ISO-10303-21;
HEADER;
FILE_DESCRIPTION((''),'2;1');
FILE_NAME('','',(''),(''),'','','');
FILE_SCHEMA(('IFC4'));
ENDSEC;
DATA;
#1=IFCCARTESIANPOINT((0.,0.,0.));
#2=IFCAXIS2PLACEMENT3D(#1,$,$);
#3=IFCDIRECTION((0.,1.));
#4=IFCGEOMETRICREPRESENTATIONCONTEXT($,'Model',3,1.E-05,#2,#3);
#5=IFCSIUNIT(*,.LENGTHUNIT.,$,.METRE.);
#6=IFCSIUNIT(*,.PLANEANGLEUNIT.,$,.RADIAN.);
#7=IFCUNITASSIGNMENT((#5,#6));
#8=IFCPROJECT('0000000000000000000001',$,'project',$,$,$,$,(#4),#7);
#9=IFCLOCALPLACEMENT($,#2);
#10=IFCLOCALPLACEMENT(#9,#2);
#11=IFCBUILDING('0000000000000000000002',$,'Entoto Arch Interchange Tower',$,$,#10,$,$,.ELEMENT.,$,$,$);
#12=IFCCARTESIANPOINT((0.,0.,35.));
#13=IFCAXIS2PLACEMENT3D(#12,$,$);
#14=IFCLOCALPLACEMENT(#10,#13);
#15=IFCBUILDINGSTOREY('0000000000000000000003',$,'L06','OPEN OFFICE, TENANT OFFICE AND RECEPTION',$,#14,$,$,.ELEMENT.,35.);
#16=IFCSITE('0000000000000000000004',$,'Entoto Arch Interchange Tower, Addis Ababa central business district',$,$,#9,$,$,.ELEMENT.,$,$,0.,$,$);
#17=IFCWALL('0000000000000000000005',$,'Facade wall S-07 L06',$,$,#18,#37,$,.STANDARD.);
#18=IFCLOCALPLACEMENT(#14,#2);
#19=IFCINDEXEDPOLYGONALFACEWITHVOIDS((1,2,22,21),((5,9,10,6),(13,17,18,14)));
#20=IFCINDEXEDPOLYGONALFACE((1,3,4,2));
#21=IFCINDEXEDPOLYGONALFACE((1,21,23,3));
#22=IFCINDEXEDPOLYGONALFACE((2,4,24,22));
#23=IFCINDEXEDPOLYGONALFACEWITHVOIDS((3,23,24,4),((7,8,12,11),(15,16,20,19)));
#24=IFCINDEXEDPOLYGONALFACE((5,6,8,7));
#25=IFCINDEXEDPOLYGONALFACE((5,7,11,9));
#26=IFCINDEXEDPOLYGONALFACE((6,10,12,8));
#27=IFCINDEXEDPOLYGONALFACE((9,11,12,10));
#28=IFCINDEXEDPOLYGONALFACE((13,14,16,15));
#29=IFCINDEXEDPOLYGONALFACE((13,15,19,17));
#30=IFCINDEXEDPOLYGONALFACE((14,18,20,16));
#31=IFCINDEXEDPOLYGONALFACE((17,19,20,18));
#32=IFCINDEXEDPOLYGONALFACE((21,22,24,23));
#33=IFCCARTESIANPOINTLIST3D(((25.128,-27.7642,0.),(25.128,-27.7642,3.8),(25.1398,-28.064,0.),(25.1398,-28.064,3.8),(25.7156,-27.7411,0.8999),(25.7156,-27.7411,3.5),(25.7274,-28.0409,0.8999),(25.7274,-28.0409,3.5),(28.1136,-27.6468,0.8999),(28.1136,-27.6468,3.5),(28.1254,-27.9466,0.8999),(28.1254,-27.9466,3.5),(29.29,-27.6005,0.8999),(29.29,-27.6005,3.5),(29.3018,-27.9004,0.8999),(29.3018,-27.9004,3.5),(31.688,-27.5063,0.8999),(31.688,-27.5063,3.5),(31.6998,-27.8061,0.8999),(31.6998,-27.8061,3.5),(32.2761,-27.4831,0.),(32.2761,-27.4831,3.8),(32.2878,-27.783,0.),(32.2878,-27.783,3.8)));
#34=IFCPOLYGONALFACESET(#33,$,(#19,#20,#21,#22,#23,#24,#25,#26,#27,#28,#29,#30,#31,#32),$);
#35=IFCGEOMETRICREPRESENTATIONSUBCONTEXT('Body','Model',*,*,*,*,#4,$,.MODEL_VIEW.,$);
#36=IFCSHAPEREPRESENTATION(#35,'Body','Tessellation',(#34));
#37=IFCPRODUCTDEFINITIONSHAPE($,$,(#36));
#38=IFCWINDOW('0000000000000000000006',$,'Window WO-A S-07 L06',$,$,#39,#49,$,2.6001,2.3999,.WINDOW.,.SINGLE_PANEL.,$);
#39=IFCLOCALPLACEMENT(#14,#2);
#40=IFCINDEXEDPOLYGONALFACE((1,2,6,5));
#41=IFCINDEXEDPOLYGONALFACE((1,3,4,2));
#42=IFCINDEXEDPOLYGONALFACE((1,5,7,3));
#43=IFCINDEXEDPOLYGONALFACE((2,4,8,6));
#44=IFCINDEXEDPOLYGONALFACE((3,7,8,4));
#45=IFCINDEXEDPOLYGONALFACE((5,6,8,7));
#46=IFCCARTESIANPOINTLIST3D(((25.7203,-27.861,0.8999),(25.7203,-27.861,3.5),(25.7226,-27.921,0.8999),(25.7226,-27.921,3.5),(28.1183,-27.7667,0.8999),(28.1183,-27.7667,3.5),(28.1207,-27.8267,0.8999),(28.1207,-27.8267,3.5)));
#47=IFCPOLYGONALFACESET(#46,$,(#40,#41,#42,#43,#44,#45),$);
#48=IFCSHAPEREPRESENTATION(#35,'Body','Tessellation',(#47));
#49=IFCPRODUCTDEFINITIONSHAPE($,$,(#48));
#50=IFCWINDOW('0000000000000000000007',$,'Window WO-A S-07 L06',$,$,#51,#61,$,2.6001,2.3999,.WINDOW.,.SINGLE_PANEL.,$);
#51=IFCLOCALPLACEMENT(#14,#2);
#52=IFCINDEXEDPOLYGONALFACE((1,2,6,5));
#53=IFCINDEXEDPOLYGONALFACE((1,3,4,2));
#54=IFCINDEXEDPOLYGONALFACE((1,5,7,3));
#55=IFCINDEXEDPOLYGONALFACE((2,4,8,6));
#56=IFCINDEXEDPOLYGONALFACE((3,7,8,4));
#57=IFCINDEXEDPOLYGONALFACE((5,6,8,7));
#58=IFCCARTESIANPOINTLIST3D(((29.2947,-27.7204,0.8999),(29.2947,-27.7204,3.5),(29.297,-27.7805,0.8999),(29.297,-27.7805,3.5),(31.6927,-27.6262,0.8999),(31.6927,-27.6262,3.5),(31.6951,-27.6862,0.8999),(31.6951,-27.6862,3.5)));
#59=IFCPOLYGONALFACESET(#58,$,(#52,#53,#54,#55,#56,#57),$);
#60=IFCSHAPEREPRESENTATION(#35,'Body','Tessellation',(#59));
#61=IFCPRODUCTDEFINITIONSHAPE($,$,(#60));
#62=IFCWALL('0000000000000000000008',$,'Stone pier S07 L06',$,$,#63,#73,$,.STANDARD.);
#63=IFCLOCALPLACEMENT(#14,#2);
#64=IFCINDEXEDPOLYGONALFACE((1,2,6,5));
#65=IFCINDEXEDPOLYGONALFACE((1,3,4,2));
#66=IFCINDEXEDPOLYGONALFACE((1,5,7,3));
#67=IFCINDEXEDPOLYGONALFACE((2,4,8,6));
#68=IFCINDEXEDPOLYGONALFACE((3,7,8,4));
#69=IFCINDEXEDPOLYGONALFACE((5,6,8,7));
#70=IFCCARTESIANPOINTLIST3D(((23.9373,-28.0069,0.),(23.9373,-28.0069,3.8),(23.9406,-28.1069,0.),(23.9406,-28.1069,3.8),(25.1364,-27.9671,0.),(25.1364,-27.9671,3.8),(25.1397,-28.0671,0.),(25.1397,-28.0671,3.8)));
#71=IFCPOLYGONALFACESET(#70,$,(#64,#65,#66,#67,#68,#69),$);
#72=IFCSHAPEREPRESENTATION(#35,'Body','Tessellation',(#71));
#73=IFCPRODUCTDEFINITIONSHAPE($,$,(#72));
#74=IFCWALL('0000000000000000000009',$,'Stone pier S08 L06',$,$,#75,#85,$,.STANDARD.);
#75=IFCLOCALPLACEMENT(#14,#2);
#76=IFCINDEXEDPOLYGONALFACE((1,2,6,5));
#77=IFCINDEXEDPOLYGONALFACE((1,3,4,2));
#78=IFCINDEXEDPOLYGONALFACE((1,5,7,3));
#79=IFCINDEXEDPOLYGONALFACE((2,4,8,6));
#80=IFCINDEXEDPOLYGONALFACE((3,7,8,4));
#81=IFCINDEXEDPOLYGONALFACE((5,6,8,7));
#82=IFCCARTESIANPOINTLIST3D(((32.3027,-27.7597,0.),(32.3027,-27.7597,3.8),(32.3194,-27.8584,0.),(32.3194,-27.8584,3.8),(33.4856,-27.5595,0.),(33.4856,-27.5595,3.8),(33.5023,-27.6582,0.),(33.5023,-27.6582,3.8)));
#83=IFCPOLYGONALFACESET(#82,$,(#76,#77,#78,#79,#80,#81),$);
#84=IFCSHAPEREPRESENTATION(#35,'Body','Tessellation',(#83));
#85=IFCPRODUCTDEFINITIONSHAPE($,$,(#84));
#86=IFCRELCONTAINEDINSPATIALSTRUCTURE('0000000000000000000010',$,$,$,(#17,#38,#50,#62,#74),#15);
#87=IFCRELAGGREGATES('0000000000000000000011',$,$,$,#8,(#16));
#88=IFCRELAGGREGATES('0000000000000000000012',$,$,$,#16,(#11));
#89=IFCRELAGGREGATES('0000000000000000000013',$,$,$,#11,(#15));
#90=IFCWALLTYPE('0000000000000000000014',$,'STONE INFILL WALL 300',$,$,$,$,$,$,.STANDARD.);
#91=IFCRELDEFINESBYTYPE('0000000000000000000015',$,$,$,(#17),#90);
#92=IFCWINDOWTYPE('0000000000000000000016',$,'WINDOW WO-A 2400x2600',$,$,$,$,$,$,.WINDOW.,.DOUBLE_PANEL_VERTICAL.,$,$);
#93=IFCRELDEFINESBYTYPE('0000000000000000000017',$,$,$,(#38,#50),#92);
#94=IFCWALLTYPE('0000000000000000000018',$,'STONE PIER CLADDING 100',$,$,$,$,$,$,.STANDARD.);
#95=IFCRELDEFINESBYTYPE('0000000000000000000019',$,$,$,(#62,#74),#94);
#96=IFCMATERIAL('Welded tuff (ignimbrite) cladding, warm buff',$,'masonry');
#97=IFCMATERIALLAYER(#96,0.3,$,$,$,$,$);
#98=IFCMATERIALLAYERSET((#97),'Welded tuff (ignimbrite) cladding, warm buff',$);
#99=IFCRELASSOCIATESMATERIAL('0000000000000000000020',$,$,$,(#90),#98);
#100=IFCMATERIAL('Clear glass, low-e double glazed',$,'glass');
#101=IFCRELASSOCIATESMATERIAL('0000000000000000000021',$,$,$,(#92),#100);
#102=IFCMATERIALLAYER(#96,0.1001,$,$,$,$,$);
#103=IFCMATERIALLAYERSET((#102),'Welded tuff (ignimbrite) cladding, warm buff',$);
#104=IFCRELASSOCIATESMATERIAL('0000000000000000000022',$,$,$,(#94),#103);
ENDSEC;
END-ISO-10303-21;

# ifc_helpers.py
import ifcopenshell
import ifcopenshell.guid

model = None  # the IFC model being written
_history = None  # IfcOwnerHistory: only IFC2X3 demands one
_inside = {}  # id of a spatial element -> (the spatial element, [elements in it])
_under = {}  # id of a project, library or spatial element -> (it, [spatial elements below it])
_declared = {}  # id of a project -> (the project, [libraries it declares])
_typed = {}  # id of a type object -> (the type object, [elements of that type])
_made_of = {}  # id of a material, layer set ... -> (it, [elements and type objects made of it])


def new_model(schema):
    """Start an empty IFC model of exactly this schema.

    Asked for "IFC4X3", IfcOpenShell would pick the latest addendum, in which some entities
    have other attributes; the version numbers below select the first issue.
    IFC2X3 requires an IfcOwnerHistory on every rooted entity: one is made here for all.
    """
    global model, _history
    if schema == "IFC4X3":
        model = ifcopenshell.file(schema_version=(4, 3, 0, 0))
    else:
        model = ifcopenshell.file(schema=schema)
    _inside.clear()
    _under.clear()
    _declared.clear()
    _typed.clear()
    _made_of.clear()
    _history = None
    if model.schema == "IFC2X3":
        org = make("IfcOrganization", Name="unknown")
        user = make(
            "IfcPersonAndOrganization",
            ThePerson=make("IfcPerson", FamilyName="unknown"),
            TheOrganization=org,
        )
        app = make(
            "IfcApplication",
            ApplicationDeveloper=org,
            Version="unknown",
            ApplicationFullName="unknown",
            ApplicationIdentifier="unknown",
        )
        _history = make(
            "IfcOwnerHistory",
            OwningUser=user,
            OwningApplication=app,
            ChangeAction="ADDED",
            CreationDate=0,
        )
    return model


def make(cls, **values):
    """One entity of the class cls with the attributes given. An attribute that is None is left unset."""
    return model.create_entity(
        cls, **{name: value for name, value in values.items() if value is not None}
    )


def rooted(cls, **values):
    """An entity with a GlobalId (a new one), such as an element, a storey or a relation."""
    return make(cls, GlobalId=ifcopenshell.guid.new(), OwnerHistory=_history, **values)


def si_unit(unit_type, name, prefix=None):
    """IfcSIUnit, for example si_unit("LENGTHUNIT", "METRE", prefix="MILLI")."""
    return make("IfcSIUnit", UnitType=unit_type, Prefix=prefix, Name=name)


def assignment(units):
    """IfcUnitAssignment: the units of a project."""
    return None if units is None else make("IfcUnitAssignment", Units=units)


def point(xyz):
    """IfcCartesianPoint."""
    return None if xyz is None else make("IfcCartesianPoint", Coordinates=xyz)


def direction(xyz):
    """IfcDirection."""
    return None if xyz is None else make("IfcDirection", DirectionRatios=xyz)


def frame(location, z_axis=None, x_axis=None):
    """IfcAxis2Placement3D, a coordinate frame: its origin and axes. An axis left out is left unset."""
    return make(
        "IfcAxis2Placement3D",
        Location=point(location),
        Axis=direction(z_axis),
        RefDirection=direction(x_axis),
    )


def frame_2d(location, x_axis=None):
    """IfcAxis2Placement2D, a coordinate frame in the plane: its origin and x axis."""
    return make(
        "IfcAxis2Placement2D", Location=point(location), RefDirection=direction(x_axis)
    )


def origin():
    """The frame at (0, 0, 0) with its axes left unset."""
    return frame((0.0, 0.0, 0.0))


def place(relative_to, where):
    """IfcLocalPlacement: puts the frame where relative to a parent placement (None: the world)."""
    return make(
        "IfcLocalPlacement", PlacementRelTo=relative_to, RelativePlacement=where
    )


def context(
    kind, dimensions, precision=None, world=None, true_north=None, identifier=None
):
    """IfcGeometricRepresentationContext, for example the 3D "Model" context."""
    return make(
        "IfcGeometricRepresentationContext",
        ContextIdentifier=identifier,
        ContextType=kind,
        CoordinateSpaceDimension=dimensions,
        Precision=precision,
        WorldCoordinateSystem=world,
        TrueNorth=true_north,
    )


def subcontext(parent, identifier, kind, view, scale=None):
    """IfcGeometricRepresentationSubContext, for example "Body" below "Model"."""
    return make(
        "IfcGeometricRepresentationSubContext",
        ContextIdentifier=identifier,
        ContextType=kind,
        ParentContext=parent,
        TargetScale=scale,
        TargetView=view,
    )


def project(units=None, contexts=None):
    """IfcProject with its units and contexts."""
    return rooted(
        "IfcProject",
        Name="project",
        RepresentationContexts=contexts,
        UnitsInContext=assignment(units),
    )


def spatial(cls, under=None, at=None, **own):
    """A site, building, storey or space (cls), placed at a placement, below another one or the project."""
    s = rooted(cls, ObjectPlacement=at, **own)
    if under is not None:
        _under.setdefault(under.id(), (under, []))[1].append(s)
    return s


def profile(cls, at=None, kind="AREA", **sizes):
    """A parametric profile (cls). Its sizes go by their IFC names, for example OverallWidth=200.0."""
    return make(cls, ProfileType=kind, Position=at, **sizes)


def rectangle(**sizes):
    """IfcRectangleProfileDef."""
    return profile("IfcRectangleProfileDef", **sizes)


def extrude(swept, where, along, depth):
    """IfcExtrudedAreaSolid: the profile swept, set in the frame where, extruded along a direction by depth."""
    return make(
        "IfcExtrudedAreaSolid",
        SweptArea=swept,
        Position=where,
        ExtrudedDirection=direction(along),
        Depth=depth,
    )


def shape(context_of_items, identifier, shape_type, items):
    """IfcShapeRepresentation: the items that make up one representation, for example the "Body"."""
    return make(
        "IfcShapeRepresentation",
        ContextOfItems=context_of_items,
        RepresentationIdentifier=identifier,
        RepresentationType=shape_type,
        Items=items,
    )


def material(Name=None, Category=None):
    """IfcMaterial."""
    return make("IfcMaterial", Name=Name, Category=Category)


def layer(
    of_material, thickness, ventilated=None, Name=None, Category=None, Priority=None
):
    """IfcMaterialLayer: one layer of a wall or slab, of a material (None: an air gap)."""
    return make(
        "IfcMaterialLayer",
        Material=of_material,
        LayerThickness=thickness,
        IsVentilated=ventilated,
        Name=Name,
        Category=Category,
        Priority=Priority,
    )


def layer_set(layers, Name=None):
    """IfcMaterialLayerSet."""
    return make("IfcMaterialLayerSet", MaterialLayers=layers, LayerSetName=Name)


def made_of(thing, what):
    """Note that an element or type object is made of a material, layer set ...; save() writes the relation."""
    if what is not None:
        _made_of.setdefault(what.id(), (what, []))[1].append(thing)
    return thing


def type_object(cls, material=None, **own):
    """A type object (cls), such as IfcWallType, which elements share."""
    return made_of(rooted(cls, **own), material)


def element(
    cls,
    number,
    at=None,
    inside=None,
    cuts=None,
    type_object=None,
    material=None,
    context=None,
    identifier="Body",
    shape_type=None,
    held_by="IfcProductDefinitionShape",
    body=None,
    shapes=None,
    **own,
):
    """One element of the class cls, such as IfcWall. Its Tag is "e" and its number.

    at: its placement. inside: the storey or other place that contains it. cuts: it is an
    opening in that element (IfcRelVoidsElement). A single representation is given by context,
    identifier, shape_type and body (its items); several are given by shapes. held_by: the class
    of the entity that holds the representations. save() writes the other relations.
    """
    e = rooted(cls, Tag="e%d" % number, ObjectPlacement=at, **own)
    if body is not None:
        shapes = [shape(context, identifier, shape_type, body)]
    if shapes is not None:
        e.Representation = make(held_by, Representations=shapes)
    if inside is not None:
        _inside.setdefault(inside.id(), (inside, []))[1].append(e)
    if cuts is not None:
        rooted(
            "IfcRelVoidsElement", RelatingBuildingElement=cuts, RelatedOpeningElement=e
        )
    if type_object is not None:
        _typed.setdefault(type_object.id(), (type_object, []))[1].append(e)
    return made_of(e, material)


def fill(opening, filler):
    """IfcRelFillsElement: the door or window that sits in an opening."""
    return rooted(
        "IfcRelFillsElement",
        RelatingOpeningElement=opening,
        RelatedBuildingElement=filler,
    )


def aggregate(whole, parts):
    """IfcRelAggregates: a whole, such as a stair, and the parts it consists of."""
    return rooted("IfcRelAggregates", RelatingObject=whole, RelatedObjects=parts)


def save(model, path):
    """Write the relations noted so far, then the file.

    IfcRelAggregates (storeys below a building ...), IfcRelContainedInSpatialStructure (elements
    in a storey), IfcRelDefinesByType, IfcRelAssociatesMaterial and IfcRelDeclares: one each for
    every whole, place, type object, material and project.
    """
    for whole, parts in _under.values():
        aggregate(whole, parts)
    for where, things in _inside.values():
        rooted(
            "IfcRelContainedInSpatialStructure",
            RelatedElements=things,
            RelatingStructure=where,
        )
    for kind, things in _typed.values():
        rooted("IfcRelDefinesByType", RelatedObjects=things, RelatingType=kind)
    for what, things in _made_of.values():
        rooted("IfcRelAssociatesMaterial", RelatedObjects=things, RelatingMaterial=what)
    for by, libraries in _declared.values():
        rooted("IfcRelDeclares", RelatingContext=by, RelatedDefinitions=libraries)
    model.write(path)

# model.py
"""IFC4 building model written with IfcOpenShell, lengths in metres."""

from ifc_helpers import new_model, si_unit, direction, frame, frame_2d, origin, place, context, subcontext, project, spatial, rectangle, extrude, material, layer, layer_set, type_object, element, fill, save


model = new_model("IFC4")

# Units and contexts
model_context = context("Model", 3, precision=1e-05, world=origin(), true_north=direction((0.0, 1.0)))
body_context = subcontext(model_context, "Body", "Model", "MODEL_VIEW")
ifc_project = project(units=[si_unit("LENGTHUNIT", "METRE"), si_unit("PLANEANGLEUNIT", "RADIAN")], contexts=[model_context])

# Site, building, storey
site_placement = place(None, origin())
site = spatial("IfcSite", under=ifc_project, at=site_placement, Name="Entoto Arch Interchange Tower, Addis Ababa central business district", CompositionType="ELEMENT", RefElevation=0.0)
building_placement = place(site_placement, origin())
building = spatial("IfcBuilding", under=site, at=building_placement, Name="Entoto Arch Interchange Tower", CompositionType="ELEMENT")
storey_placement = place(building_placement, frame((0.0, 0.0, 35.0)))
storey = spatial("IfcBuildingStorey", under=building, at=storey_placement, Name="L06", Description="OPEN OFFICE, TENANT OFFICE AND RECEPTION", CompositionType="ELEMENT", Elevation=35.0)

# Wall, openings, windows
ifc_material_1 = material(Name="Welded tuff (ignimbrite) cladding, warm buff", Category="masonry")
ifc_layer_1 = layer(ifc_material_1, 0.3)
ifc_layer_set_1 = layer_set([ifc_layer_1], Name="Welded tuff (ignimbrite) cladding, warm buff")
wall_type_1 = type_object("IfcWallType", Name="STONE INFILL WALL 300", PredefinedType="STANDARD", material=ifc_layer_set_1)
wall_1_placement = place(storey_placement, frame((25.134, -27.9141, 0.0), z_axis=(0.0, 0.0, 1.0), x_axis=(0.999228, 0.039282, 0.0)))
wall_1 = element("IfcWall", 1, at=wall_1_placement, inside=storey, type_object=wall_type_1, Name="Facade wall S-07 L06", PredefinedType="STANDARD", context=body_context, shape_type="SweptSolid", body=[
    extrude(rectangle(XDim=7.1536, YDim=0.3, at=frame_2d((3.5767, 0.0))), origin(), (0.0, 0.0, 1.0), 3.8),
])
opening_1_placement = place(wall_1_placement, frame((0.5879, 0.0, 0.8999)))
opening_1 = element("IfcOpeningElement", 2, at=opening_1_placement, cuts=wall_1, PredefinedType="OPENING", context=body_context, shape_type="SweptSolid", body=[
    extrude(rectangle(XDim=2.3999, YDim=2.6001, at=frame_2d((1.2, 1.3))), frame((0.0, 0.1602, 0.0), z_axis=(0.0, -1.0, 0.0), x_axis=(1.0, 0.0, 0.0)), (0.0, 0.0, 1.0), 0.3201),
])
opening_2_placement = place(wall_1_placement, frame((4.165, 0.0, 0.8999)))
opening_2 = element("IfcOpeningElement", 3, at=opening_2_placement, cuts=wall_1, PredefinedType="OPENING", context=body_context, shape_type="SweptSolid", body=[
    extrude(rectangle(XDim=2.3999, YDim=2.6001, at=frame_2d((1.2, 1.3))), frame((0.0, 0.1602, 0.0), z_axis=(0.0, -1.0, 0.0), x_axis=(1.0, 0.0, 0.0)), (0.0, 0.0, 1.0), 0.3201),
])
ifc_material_2 = material(Name="Clear glass, low-e double glazed", Category="glass")
window_type = type_object("IfcWindowType", Name="WINDOW WO-A 2400x2600", PartitioningType="DOUBLE_PANEL_VERTICAL", PredefinedType="WINDOW", material=ifc_material_2)
window_1_placement = place(opening_1_placement, origin())
window_1 = element("IfcWindow", 4, at=window_1_placement, inside=storey, type_object=window_type, Name="Window WO-A S-07 L06", OverallHeight=2.6001, OverallWidth=2.3999, PartitioningType="SINGLE_PANEL", PredefinedType="WINDOW", context=body_context, shape_type="SweptSolid", body=[
    extrude(rectangle(XDim=2.3999, YDim=2.6001, at=frame_2d((1.2, 1.3))), frame((0.0, 0.03, 0.0), z_axis=(0.0, -1.0, 0.0), x_axis=(1.0, 0.0, 0.0)), (0.0, 0.0, 1.0), 0.0601),
])
fill(opening_1, window_1)
window_2_placement = place(opening_2_placement, origin())
window_2 = element("IfcWindow", 5, at=window_2_placement, inside=storey, type_object=window_type, Name="Window WO-A S-07 L06", OverallHeight=2.6001, OverallWidth=2.3999, PartitioningType="SINGLE_PANEL", PredefinedType="WINDOW", context=body_context, shape_type="SweptSolid", body=[
    extrude(rectangle(XDim=2.3999, YDim=2.6001, at=frame_2d((1.2, 1.3))), frame((0.0, 0.03, 0.0), z_axis=(0.0, -1.0, 0.0), x_axis=(1.0, 0.0, 0.0)), (0.0, 0.0, 1.0), 0.0601),
])
fill(opening_2, window_2)

# Walls
ifc_layer_2 = layer(ifc_material_1, 0.1001)
ifc_layer_set_2 = layer_set([ifc_layer_2], Name="Welded tuff (ignimbrite) cladding, warm buff")
wall_type_2 = type_object("IfcWallType", Name="STONE PIER CLADDING 100", PredefinedType="STANDARD", material=ifc_layer_set_2)
for number, where, z_axis, x_axis, name in (
    (6, (23.939, -28.0569, 0.0), (0.0, 0.0, 1.0), (0.99945, 0.033173, 0.0), "Stone pier S07 L06"),
    (7, (32.311, -27.8091, 0.0), (0.0, 0.0, 1.0), (0.985978, 0.166874, 0.0), "Stone pier S08 L06"),
):
    element("IfcWall", number, at=place(storey_placement, frame(where, z_axis=z_axis, x_axis=x_axis)), inside=storey, type_object=wall_type_2, Name=name, PredefinedType="STANDARD", context=body_context, shape_type="SweptSolid", body=[
        extrude(rectangle(XDim=1.1997, YDim=0.1001, at=frame_2d((0.5999, 0.0))), origin(), (0.0, 0.0, 1.0), 3.8),
    ])

save(model, "model.ifc")
